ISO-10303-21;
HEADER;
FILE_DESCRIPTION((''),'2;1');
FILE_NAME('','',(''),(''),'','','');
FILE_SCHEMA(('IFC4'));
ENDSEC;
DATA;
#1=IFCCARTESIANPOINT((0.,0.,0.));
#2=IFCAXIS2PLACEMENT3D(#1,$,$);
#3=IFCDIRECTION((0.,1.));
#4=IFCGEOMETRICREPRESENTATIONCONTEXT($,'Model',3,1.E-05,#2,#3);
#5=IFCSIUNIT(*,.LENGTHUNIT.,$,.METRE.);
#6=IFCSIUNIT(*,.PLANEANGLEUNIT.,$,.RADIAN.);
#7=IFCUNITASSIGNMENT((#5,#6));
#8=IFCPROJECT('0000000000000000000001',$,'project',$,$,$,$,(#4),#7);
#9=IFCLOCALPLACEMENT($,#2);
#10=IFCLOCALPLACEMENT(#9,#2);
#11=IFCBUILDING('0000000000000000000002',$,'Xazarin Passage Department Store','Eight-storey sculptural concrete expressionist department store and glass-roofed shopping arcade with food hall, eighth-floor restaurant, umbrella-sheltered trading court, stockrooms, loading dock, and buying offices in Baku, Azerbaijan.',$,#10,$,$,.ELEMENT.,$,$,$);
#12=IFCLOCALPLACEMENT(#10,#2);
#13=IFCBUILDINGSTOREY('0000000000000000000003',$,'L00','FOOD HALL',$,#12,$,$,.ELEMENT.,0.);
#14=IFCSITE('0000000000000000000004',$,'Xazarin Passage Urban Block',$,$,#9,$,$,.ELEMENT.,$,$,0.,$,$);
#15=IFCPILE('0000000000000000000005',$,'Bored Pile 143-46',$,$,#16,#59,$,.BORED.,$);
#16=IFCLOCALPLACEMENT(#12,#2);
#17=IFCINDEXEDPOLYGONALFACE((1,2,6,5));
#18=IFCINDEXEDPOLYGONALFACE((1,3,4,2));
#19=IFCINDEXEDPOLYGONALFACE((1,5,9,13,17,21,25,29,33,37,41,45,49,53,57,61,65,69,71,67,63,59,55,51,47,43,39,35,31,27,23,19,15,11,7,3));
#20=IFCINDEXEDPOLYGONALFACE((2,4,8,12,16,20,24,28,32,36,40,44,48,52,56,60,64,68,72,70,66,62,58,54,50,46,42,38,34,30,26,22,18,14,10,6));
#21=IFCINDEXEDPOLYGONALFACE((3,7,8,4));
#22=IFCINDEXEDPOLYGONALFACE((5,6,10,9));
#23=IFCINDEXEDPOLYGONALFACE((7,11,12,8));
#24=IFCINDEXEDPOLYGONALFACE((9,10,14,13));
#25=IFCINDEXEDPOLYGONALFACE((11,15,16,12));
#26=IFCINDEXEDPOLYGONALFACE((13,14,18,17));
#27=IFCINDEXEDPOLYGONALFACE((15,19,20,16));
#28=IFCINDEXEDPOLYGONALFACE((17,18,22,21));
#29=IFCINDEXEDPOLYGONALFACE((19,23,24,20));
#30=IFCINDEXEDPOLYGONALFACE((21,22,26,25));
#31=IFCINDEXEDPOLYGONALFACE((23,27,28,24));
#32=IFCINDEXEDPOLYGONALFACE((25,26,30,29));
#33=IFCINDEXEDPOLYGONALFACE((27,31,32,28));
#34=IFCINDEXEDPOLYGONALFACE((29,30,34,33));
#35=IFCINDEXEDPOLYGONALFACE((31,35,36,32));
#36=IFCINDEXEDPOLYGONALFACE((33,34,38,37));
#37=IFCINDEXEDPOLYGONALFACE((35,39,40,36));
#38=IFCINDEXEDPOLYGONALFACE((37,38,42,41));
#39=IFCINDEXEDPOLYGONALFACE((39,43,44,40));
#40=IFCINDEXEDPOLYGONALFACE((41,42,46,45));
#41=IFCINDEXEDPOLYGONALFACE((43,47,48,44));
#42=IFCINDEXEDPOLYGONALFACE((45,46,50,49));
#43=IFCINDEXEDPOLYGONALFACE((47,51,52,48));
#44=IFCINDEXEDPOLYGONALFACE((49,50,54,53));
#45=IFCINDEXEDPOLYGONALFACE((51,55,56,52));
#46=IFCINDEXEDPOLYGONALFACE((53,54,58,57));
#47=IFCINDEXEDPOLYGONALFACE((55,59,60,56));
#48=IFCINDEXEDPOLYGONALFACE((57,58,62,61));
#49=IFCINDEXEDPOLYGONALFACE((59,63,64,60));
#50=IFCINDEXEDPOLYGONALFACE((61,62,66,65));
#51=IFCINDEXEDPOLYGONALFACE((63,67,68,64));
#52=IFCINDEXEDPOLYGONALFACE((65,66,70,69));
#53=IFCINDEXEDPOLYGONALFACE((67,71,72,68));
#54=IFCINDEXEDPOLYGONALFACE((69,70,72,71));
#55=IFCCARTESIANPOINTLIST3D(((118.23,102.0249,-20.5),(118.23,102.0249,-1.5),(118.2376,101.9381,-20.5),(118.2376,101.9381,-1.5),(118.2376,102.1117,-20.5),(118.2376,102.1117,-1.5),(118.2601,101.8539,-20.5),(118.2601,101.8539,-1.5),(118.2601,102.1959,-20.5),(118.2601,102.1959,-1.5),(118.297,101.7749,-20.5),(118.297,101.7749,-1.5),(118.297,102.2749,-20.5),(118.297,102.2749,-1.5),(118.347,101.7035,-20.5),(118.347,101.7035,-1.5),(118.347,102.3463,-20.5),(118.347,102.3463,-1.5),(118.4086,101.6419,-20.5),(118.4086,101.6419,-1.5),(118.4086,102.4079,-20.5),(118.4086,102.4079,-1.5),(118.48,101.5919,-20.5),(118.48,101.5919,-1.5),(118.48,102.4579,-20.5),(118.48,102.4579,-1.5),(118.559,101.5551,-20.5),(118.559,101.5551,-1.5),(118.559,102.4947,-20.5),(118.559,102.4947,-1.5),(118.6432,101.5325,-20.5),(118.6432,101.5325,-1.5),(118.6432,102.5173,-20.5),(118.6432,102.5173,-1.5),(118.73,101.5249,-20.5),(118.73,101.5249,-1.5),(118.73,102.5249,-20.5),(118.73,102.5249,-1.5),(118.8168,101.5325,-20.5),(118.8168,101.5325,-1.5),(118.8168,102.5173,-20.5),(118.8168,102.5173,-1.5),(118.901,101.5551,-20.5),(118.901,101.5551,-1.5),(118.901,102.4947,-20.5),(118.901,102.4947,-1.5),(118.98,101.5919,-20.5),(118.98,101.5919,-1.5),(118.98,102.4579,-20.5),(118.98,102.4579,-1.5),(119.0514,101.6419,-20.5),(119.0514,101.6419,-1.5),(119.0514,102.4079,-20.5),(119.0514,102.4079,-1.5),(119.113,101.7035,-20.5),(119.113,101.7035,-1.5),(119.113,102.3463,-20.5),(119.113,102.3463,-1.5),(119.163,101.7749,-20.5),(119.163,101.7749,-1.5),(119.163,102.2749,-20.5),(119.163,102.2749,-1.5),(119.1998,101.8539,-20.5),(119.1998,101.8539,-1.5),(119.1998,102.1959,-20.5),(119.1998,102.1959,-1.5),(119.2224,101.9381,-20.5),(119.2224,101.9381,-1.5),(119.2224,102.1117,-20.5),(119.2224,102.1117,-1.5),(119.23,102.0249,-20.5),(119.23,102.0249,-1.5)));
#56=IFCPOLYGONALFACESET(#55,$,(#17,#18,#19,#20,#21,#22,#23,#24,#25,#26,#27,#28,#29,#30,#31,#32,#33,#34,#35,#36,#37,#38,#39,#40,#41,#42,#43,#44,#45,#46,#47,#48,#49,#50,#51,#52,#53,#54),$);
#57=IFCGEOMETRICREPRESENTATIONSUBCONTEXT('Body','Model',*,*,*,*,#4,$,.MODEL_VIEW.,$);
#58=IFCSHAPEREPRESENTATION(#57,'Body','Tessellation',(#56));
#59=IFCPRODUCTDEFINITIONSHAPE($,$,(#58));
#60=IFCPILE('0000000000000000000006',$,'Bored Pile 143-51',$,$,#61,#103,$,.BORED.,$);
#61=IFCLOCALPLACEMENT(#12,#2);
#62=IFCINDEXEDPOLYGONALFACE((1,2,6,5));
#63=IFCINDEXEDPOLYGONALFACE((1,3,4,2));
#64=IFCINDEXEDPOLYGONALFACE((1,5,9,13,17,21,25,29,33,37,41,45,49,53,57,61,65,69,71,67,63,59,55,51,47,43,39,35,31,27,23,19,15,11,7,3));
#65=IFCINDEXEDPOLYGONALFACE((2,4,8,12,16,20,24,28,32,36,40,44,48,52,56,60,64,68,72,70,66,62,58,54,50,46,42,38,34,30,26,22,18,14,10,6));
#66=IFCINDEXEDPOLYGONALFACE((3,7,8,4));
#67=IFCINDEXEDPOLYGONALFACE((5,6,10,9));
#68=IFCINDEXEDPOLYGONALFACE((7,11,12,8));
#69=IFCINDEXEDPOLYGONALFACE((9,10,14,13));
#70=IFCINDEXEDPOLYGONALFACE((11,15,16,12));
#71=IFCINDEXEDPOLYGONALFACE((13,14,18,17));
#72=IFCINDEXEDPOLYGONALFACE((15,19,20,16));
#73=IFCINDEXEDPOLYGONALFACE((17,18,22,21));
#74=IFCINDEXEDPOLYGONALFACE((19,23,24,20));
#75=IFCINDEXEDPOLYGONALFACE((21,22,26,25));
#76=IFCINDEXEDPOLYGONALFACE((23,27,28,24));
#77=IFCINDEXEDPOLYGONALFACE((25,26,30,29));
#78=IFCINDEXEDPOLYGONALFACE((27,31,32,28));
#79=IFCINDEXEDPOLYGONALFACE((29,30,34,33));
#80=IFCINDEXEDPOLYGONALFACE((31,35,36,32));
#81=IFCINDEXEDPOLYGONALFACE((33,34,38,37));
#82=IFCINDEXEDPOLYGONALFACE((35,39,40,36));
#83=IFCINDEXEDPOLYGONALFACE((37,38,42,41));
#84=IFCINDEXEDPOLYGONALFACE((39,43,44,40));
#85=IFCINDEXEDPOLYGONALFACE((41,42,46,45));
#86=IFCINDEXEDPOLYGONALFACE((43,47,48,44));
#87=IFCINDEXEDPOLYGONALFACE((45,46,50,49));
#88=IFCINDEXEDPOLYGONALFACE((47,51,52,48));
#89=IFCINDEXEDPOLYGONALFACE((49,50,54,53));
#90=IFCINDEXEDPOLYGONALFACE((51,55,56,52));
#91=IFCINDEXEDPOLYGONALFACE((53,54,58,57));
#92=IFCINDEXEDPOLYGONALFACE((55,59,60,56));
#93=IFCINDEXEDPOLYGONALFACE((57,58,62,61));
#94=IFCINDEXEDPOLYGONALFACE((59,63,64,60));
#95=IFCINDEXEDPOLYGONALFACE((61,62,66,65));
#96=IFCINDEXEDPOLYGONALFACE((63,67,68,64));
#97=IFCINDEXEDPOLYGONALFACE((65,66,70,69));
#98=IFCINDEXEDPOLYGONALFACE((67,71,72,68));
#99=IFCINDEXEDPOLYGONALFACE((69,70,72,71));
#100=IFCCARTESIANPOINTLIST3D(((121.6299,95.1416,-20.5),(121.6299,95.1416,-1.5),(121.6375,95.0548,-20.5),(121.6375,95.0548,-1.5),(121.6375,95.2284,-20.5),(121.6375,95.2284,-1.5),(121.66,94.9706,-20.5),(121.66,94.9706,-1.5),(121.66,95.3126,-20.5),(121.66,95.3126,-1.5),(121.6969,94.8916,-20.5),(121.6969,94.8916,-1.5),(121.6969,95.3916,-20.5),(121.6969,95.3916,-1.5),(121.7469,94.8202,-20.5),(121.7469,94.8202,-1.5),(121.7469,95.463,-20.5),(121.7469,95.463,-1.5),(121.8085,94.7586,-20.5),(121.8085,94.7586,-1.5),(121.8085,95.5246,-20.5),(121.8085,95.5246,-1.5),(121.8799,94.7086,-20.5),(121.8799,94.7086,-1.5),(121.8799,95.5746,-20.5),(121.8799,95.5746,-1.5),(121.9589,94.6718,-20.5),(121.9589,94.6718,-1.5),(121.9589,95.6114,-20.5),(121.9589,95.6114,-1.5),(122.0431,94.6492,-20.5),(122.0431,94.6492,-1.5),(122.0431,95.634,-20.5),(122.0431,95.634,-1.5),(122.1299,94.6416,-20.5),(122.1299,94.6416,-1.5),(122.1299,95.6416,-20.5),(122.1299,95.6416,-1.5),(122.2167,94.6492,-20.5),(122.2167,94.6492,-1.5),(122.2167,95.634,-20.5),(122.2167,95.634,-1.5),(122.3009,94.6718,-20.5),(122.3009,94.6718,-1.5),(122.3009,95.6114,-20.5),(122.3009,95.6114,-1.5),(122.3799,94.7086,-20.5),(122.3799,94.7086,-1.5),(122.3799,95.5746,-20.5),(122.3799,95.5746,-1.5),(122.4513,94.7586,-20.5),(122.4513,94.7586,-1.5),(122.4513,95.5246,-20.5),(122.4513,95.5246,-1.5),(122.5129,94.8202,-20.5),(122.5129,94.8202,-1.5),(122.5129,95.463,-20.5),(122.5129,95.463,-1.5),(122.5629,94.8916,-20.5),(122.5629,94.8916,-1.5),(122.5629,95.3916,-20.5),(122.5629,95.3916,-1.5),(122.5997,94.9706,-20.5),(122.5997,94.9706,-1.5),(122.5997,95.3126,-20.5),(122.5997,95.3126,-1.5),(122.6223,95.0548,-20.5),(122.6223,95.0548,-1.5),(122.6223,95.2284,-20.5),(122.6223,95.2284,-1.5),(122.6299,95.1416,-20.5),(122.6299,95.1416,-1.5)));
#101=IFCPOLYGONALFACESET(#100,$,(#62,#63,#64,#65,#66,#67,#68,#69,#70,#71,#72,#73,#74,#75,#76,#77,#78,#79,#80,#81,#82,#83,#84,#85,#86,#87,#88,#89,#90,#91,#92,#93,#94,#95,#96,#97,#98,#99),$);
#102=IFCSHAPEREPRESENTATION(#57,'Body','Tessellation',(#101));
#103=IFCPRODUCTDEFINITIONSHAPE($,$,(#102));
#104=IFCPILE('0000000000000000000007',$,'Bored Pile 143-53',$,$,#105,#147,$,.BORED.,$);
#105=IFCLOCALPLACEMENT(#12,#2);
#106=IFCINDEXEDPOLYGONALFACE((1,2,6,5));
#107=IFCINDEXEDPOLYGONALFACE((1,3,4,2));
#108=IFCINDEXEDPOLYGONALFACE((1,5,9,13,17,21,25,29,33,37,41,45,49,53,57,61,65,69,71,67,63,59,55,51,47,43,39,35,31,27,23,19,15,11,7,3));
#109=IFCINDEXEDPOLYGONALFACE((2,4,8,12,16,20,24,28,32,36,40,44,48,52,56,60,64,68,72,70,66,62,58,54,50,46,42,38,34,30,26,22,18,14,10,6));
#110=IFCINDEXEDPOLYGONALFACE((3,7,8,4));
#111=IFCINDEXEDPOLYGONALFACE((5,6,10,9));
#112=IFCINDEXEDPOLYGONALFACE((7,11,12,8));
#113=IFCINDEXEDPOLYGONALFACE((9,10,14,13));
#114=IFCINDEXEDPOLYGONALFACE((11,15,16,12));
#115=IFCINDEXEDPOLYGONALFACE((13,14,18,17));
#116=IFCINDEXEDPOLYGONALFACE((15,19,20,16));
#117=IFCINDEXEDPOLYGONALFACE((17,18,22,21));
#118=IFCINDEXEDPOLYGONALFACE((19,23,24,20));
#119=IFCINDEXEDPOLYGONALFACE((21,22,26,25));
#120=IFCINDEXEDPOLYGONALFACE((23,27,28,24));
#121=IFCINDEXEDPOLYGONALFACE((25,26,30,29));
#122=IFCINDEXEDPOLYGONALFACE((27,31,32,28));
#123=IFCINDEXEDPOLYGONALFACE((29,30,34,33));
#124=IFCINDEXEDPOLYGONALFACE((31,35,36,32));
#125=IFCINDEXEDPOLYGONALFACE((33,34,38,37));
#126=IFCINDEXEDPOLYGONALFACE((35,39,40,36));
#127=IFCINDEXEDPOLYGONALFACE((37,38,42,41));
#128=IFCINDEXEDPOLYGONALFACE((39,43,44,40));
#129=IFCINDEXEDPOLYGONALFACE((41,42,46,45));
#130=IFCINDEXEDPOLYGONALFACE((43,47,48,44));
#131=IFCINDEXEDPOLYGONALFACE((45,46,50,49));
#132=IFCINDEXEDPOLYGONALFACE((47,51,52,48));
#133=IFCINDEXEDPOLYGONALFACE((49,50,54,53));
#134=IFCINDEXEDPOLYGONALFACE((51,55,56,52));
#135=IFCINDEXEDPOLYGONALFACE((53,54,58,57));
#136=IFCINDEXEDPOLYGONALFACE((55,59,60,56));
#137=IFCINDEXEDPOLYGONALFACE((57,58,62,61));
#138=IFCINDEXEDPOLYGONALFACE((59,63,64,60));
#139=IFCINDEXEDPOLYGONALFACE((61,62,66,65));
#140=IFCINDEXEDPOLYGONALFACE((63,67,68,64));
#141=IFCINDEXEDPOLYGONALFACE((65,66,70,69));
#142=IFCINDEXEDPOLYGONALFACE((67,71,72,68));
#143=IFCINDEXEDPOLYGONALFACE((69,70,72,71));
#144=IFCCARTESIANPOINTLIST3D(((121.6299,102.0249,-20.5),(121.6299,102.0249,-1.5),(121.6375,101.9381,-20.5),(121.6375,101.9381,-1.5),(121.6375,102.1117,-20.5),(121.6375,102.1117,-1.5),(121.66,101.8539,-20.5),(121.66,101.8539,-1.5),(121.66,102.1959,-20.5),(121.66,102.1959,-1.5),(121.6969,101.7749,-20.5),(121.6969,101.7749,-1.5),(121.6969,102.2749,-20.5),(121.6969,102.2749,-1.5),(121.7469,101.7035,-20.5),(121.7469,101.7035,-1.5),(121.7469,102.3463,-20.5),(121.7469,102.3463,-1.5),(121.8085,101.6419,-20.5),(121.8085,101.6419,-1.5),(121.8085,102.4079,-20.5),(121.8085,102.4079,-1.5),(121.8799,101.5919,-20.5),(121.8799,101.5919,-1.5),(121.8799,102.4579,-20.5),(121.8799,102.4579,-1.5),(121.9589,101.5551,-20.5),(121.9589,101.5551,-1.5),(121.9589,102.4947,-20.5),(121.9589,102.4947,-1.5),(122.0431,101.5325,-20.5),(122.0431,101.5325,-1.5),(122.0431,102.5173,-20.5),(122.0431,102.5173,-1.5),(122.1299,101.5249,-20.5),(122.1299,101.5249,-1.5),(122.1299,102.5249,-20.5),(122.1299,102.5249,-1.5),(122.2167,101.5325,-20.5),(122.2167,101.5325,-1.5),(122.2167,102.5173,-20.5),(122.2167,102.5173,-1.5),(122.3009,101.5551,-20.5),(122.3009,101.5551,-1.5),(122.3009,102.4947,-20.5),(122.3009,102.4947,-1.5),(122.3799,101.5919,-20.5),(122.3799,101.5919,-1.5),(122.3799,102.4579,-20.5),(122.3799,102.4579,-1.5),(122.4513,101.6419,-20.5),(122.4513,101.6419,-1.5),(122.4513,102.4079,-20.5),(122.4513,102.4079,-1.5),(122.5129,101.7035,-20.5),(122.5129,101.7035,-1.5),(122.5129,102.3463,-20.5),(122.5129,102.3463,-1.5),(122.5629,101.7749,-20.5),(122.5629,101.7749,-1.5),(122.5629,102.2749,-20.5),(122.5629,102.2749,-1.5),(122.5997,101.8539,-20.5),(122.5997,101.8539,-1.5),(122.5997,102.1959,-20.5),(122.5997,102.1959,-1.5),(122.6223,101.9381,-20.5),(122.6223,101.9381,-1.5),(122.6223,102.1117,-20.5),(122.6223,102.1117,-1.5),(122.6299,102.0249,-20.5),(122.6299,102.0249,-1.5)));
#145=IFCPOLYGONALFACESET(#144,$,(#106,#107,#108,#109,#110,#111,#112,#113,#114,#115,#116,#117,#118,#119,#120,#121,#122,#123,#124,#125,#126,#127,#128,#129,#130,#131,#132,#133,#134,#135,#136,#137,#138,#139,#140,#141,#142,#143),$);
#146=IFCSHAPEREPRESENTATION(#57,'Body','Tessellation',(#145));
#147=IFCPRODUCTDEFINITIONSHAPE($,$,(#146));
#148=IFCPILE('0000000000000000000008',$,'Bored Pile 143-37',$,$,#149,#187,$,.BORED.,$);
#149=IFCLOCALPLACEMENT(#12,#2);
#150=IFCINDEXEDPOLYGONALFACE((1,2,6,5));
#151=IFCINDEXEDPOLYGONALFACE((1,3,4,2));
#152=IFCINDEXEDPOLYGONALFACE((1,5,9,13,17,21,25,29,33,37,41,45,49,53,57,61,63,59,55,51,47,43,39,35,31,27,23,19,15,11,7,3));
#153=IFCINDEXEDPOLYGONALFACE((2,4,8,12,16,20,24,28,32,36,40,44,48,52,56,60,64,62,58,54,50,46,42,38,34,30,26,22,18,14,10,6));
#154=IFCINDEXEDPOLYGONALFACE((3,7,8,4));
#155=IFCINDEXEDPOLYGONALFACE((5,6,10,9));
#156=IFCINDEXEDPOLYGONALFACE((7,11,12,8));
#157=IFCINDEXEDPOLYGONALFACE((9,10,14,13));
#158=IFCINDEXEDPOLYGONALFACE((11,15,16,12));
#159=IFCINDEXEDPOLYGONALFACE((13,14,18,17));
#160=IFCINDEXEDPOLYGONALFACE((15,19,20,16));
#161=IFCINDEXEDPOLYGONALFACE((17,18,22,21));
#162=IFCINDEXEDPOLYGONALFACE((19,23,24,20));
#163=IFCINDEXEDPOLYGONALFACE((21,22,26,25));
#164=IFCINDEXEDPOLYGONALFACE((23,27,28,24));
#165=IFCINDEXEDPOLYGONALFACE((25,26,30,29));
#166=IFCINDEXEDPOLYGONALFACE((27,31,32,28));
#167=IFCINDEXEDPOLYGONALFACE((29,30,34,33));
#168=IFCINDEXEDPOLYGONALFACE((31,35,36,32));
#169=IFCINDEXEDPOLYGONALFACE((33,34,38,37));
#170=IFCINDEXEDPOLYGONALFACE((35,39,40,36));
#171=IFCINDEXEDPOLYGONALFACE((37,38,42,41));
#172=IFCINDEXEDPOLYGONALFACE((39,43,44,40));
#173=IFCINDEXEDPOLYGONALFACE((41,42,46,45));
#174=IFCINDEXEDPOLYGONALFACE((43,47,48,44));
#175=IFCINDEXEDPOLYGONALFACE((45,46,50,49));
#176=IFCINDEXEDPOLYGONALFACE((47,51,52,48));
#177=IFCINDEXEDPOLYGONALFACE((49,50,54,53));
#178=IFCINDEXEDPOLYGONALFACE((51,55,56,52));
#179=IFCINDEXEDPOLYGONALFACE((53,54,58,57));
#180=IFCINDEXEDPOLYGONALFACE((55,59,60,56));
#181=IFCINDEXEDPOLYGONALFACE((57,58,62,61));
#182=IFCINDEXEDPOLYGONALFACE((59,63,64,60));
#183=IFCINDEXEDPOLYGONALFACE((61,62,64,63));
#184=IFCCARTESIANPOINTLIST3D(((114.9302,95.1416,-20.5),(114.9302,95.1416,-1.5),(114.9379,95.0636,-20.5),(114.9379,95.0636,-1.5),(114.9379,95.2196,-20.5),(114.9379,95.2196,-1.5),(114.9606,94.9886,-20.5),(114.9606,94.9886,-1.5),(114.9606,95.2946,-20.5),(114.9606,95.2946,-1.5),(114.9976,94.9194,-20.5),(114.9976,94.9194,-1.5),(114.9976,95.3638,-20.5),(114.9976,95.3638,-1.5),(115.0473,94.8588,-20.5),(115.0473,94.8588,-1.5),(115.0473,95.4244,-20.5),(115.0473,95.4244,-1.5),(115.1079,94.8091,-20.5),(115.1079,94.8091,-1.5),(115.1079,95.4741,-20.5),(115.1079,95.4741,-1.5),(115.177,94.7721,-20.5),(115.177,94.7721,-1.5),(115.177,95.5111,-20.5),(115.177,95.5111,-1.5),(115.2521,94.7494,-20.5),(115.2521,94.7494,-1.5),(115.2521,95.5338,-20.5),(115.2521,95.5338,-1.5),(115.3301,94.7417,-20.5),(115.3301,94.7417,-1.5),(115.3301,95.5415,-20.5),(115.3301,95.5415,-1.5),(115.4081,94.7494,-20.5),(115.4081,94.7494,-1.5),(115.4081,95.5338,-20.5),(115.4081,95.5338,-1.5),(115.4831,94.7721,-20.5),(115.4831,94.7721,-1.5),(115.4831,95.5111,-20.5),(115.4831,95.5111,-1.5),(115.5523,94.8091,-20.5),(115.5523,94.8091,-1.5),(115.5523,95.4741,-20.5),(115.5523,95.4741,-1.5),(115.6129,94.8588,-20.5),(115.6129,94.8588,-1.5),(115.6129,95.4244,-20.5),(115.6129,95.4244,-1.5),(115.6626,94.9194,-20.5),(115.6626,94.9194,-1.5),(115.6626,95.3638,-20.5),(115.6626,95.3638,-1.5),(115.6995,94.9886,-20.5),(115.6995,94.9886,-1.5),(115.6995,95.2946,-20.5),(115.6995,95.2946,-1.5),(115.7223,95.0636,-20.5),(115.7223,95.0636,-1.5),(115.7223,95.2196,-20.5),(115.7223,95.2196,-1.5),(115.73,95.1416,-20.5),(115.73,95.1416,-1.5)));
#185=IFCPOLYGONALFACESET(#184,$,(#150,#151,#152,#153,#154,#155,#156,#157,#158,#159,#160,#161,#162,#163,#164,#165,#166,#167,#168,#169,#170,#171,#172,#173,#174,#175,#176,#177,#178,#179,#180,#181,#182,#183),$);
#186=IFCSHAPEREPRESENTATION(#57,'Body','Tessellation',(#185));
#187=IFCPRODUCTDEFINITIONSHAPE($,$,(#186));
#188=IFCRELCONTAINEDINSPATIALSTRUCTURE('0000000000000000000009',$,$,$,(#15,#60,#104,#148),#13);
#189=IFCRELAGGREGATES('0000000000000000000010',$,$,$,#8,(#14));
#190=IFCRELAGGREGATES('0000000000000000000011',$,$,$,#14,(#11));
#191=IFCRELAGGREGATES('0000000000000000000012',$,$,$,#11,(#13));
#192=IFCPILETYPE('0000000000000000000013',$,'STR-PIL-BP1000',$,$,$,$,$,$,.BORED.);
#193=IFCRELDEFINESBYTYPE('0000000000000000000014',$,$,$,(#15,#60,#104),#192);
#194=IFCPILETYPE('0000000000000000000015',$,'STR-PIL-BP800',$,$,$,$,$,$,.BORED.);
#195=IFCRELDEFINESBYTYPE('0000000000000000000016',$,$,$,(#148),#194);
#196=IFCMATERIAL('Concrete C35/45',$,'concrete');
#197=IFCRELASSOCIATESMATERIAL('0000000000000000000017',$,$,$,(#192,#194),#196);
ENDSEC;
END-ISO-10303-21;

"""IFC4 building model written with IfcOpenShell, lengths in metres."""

from ifc_helpers import new_model, si_unit, direction, frame, origin, origin_2d, place, context, subcontext, project, spatial, circle, extrude, material, material_profile, profile_set, type_object, element, save


model = new_model("IFC4")

# Units and contexts
model_context = context("Model", 3, precision=1e-05, world=origin(), true_north=direction((0.0, 1.0)))
body_context = subcontext(model_context, "Body", "Model", "MODEL_VIEW")
ifc_project = project(units=[si_unit("LENGTHUNIT", "METRE"), si_unit("PLANEANGLEUNIT", "RADIAN")], contexts=[model_context])

# Site, building, storey
site_placement = place(None, origin())
site = spatial("IfcSite", under=ifc_project, at=site_placement, Name="Xazarin Passage Urban Block", CompositionType="ELEMENT", RefElevation=0.0)
building_placement = place(site_placement, origin())
building = spatial("IfcBuilding", under=site, at=building_placement, Name="Xazarin Passage Department Store", Description="Eight-storey sculptural concrete expressionist department store and glass-roofed shopping arcade with food hall, eighth-floor restaurant, umbrella-sheltered trading court, stockrooms, loading dock, and buying offices in Baku, Azerbaijan.", CompositionType="ELEMENT")
storey_placement = place(building_placement, origin())
storey = spatial("IfcBuildingStorey", under=building, at=storey_placement, Name="L00", Description="FOOD HALL", CompositionType="ELEMENT", Elevation=0.0)

# Piles
ifc_material_1 = material(Name="Concrete C35/45", Category="concrete")
ifc_material_profile_1 = material_profile(ifc_material_1, circle(Radius=0.5, at=origin_2d()), Name="BP 1000")
ifc_profile_set_1 = profile_set([ifc_material_profile_1], Name="Concrete C35/45")
pile_type_1 = type_object("IfcPileType", Name="STR-PIL-BP1000", PredefinedType="BORED", material=ifc_profile_set_1)
for number, where, z_axis, x_axis, name in (
    (1, (118.73, 102.0249, -1.5), (0.0, 0.0, -1.0), (1.0, 0.0, 0.0), "Bored Pile 143-46"),
    (2, (122.1299, 95.1416, -1.5), (0.0, 0.0, -1.0), (1.0, 0.0, 0.0), "Bored Pile 143-51"),
    (3, (122.1299, 102.0249, -1.5), (0.0, 0.0, -1.0), (1.0, 0.0, 0.0), "Bored Pile 143-53"),
):
    element("IfcPile", number, at=place(storey_placement, frame(where, z_axis=z_axis, x_axis=x_axis)), inside=storey, type_object=pile_type_1, Name=name, PredefinedType="BORED", context=body_context, shape_type="SweptSolid", body=[
        extrude(circle(Radius=0.5, at=origin_2d()), origin(), (0.0, 0.0, 1.0), 19.0),
    ])
ifc_material_profile_2 = material_profile(ifc_material_1, circle(Radius=0.3999, at=origin_2d()), Name="BP 800")
ifc_profile_set_2 = profile_set([ifc_material_profile_2], Name="Concrete C35/45")
pile_type_2 = type_object("IfcPileType", Name="STR-PIL-BP800", PredefinedType="BORED", material=ifc_profile_set_2)
for number, where, z_axis, x_axis, name in (
    (4, (115.3301, 95.1416, -1.5), (0.0, 0.0, -1.0), (1.0, 0.0, 0.0), "Bored Pile 143-37"),
):
    element("IfcPile", number, at=place(storey_placement, frame(where, z_axis=z_axis, x_axis=x_axis)), inside=storey, type_object=pile_type_2, Name=name, PredefinedType="BORED", context=body_context, shape_type="SweptSolid", body=[
        extrude(circle(Radius=0.3999, at=origin_2d()), origin(), (0.0, 0.0, 1.0), 19.0),
    ])

save(model, "model.ifc")
